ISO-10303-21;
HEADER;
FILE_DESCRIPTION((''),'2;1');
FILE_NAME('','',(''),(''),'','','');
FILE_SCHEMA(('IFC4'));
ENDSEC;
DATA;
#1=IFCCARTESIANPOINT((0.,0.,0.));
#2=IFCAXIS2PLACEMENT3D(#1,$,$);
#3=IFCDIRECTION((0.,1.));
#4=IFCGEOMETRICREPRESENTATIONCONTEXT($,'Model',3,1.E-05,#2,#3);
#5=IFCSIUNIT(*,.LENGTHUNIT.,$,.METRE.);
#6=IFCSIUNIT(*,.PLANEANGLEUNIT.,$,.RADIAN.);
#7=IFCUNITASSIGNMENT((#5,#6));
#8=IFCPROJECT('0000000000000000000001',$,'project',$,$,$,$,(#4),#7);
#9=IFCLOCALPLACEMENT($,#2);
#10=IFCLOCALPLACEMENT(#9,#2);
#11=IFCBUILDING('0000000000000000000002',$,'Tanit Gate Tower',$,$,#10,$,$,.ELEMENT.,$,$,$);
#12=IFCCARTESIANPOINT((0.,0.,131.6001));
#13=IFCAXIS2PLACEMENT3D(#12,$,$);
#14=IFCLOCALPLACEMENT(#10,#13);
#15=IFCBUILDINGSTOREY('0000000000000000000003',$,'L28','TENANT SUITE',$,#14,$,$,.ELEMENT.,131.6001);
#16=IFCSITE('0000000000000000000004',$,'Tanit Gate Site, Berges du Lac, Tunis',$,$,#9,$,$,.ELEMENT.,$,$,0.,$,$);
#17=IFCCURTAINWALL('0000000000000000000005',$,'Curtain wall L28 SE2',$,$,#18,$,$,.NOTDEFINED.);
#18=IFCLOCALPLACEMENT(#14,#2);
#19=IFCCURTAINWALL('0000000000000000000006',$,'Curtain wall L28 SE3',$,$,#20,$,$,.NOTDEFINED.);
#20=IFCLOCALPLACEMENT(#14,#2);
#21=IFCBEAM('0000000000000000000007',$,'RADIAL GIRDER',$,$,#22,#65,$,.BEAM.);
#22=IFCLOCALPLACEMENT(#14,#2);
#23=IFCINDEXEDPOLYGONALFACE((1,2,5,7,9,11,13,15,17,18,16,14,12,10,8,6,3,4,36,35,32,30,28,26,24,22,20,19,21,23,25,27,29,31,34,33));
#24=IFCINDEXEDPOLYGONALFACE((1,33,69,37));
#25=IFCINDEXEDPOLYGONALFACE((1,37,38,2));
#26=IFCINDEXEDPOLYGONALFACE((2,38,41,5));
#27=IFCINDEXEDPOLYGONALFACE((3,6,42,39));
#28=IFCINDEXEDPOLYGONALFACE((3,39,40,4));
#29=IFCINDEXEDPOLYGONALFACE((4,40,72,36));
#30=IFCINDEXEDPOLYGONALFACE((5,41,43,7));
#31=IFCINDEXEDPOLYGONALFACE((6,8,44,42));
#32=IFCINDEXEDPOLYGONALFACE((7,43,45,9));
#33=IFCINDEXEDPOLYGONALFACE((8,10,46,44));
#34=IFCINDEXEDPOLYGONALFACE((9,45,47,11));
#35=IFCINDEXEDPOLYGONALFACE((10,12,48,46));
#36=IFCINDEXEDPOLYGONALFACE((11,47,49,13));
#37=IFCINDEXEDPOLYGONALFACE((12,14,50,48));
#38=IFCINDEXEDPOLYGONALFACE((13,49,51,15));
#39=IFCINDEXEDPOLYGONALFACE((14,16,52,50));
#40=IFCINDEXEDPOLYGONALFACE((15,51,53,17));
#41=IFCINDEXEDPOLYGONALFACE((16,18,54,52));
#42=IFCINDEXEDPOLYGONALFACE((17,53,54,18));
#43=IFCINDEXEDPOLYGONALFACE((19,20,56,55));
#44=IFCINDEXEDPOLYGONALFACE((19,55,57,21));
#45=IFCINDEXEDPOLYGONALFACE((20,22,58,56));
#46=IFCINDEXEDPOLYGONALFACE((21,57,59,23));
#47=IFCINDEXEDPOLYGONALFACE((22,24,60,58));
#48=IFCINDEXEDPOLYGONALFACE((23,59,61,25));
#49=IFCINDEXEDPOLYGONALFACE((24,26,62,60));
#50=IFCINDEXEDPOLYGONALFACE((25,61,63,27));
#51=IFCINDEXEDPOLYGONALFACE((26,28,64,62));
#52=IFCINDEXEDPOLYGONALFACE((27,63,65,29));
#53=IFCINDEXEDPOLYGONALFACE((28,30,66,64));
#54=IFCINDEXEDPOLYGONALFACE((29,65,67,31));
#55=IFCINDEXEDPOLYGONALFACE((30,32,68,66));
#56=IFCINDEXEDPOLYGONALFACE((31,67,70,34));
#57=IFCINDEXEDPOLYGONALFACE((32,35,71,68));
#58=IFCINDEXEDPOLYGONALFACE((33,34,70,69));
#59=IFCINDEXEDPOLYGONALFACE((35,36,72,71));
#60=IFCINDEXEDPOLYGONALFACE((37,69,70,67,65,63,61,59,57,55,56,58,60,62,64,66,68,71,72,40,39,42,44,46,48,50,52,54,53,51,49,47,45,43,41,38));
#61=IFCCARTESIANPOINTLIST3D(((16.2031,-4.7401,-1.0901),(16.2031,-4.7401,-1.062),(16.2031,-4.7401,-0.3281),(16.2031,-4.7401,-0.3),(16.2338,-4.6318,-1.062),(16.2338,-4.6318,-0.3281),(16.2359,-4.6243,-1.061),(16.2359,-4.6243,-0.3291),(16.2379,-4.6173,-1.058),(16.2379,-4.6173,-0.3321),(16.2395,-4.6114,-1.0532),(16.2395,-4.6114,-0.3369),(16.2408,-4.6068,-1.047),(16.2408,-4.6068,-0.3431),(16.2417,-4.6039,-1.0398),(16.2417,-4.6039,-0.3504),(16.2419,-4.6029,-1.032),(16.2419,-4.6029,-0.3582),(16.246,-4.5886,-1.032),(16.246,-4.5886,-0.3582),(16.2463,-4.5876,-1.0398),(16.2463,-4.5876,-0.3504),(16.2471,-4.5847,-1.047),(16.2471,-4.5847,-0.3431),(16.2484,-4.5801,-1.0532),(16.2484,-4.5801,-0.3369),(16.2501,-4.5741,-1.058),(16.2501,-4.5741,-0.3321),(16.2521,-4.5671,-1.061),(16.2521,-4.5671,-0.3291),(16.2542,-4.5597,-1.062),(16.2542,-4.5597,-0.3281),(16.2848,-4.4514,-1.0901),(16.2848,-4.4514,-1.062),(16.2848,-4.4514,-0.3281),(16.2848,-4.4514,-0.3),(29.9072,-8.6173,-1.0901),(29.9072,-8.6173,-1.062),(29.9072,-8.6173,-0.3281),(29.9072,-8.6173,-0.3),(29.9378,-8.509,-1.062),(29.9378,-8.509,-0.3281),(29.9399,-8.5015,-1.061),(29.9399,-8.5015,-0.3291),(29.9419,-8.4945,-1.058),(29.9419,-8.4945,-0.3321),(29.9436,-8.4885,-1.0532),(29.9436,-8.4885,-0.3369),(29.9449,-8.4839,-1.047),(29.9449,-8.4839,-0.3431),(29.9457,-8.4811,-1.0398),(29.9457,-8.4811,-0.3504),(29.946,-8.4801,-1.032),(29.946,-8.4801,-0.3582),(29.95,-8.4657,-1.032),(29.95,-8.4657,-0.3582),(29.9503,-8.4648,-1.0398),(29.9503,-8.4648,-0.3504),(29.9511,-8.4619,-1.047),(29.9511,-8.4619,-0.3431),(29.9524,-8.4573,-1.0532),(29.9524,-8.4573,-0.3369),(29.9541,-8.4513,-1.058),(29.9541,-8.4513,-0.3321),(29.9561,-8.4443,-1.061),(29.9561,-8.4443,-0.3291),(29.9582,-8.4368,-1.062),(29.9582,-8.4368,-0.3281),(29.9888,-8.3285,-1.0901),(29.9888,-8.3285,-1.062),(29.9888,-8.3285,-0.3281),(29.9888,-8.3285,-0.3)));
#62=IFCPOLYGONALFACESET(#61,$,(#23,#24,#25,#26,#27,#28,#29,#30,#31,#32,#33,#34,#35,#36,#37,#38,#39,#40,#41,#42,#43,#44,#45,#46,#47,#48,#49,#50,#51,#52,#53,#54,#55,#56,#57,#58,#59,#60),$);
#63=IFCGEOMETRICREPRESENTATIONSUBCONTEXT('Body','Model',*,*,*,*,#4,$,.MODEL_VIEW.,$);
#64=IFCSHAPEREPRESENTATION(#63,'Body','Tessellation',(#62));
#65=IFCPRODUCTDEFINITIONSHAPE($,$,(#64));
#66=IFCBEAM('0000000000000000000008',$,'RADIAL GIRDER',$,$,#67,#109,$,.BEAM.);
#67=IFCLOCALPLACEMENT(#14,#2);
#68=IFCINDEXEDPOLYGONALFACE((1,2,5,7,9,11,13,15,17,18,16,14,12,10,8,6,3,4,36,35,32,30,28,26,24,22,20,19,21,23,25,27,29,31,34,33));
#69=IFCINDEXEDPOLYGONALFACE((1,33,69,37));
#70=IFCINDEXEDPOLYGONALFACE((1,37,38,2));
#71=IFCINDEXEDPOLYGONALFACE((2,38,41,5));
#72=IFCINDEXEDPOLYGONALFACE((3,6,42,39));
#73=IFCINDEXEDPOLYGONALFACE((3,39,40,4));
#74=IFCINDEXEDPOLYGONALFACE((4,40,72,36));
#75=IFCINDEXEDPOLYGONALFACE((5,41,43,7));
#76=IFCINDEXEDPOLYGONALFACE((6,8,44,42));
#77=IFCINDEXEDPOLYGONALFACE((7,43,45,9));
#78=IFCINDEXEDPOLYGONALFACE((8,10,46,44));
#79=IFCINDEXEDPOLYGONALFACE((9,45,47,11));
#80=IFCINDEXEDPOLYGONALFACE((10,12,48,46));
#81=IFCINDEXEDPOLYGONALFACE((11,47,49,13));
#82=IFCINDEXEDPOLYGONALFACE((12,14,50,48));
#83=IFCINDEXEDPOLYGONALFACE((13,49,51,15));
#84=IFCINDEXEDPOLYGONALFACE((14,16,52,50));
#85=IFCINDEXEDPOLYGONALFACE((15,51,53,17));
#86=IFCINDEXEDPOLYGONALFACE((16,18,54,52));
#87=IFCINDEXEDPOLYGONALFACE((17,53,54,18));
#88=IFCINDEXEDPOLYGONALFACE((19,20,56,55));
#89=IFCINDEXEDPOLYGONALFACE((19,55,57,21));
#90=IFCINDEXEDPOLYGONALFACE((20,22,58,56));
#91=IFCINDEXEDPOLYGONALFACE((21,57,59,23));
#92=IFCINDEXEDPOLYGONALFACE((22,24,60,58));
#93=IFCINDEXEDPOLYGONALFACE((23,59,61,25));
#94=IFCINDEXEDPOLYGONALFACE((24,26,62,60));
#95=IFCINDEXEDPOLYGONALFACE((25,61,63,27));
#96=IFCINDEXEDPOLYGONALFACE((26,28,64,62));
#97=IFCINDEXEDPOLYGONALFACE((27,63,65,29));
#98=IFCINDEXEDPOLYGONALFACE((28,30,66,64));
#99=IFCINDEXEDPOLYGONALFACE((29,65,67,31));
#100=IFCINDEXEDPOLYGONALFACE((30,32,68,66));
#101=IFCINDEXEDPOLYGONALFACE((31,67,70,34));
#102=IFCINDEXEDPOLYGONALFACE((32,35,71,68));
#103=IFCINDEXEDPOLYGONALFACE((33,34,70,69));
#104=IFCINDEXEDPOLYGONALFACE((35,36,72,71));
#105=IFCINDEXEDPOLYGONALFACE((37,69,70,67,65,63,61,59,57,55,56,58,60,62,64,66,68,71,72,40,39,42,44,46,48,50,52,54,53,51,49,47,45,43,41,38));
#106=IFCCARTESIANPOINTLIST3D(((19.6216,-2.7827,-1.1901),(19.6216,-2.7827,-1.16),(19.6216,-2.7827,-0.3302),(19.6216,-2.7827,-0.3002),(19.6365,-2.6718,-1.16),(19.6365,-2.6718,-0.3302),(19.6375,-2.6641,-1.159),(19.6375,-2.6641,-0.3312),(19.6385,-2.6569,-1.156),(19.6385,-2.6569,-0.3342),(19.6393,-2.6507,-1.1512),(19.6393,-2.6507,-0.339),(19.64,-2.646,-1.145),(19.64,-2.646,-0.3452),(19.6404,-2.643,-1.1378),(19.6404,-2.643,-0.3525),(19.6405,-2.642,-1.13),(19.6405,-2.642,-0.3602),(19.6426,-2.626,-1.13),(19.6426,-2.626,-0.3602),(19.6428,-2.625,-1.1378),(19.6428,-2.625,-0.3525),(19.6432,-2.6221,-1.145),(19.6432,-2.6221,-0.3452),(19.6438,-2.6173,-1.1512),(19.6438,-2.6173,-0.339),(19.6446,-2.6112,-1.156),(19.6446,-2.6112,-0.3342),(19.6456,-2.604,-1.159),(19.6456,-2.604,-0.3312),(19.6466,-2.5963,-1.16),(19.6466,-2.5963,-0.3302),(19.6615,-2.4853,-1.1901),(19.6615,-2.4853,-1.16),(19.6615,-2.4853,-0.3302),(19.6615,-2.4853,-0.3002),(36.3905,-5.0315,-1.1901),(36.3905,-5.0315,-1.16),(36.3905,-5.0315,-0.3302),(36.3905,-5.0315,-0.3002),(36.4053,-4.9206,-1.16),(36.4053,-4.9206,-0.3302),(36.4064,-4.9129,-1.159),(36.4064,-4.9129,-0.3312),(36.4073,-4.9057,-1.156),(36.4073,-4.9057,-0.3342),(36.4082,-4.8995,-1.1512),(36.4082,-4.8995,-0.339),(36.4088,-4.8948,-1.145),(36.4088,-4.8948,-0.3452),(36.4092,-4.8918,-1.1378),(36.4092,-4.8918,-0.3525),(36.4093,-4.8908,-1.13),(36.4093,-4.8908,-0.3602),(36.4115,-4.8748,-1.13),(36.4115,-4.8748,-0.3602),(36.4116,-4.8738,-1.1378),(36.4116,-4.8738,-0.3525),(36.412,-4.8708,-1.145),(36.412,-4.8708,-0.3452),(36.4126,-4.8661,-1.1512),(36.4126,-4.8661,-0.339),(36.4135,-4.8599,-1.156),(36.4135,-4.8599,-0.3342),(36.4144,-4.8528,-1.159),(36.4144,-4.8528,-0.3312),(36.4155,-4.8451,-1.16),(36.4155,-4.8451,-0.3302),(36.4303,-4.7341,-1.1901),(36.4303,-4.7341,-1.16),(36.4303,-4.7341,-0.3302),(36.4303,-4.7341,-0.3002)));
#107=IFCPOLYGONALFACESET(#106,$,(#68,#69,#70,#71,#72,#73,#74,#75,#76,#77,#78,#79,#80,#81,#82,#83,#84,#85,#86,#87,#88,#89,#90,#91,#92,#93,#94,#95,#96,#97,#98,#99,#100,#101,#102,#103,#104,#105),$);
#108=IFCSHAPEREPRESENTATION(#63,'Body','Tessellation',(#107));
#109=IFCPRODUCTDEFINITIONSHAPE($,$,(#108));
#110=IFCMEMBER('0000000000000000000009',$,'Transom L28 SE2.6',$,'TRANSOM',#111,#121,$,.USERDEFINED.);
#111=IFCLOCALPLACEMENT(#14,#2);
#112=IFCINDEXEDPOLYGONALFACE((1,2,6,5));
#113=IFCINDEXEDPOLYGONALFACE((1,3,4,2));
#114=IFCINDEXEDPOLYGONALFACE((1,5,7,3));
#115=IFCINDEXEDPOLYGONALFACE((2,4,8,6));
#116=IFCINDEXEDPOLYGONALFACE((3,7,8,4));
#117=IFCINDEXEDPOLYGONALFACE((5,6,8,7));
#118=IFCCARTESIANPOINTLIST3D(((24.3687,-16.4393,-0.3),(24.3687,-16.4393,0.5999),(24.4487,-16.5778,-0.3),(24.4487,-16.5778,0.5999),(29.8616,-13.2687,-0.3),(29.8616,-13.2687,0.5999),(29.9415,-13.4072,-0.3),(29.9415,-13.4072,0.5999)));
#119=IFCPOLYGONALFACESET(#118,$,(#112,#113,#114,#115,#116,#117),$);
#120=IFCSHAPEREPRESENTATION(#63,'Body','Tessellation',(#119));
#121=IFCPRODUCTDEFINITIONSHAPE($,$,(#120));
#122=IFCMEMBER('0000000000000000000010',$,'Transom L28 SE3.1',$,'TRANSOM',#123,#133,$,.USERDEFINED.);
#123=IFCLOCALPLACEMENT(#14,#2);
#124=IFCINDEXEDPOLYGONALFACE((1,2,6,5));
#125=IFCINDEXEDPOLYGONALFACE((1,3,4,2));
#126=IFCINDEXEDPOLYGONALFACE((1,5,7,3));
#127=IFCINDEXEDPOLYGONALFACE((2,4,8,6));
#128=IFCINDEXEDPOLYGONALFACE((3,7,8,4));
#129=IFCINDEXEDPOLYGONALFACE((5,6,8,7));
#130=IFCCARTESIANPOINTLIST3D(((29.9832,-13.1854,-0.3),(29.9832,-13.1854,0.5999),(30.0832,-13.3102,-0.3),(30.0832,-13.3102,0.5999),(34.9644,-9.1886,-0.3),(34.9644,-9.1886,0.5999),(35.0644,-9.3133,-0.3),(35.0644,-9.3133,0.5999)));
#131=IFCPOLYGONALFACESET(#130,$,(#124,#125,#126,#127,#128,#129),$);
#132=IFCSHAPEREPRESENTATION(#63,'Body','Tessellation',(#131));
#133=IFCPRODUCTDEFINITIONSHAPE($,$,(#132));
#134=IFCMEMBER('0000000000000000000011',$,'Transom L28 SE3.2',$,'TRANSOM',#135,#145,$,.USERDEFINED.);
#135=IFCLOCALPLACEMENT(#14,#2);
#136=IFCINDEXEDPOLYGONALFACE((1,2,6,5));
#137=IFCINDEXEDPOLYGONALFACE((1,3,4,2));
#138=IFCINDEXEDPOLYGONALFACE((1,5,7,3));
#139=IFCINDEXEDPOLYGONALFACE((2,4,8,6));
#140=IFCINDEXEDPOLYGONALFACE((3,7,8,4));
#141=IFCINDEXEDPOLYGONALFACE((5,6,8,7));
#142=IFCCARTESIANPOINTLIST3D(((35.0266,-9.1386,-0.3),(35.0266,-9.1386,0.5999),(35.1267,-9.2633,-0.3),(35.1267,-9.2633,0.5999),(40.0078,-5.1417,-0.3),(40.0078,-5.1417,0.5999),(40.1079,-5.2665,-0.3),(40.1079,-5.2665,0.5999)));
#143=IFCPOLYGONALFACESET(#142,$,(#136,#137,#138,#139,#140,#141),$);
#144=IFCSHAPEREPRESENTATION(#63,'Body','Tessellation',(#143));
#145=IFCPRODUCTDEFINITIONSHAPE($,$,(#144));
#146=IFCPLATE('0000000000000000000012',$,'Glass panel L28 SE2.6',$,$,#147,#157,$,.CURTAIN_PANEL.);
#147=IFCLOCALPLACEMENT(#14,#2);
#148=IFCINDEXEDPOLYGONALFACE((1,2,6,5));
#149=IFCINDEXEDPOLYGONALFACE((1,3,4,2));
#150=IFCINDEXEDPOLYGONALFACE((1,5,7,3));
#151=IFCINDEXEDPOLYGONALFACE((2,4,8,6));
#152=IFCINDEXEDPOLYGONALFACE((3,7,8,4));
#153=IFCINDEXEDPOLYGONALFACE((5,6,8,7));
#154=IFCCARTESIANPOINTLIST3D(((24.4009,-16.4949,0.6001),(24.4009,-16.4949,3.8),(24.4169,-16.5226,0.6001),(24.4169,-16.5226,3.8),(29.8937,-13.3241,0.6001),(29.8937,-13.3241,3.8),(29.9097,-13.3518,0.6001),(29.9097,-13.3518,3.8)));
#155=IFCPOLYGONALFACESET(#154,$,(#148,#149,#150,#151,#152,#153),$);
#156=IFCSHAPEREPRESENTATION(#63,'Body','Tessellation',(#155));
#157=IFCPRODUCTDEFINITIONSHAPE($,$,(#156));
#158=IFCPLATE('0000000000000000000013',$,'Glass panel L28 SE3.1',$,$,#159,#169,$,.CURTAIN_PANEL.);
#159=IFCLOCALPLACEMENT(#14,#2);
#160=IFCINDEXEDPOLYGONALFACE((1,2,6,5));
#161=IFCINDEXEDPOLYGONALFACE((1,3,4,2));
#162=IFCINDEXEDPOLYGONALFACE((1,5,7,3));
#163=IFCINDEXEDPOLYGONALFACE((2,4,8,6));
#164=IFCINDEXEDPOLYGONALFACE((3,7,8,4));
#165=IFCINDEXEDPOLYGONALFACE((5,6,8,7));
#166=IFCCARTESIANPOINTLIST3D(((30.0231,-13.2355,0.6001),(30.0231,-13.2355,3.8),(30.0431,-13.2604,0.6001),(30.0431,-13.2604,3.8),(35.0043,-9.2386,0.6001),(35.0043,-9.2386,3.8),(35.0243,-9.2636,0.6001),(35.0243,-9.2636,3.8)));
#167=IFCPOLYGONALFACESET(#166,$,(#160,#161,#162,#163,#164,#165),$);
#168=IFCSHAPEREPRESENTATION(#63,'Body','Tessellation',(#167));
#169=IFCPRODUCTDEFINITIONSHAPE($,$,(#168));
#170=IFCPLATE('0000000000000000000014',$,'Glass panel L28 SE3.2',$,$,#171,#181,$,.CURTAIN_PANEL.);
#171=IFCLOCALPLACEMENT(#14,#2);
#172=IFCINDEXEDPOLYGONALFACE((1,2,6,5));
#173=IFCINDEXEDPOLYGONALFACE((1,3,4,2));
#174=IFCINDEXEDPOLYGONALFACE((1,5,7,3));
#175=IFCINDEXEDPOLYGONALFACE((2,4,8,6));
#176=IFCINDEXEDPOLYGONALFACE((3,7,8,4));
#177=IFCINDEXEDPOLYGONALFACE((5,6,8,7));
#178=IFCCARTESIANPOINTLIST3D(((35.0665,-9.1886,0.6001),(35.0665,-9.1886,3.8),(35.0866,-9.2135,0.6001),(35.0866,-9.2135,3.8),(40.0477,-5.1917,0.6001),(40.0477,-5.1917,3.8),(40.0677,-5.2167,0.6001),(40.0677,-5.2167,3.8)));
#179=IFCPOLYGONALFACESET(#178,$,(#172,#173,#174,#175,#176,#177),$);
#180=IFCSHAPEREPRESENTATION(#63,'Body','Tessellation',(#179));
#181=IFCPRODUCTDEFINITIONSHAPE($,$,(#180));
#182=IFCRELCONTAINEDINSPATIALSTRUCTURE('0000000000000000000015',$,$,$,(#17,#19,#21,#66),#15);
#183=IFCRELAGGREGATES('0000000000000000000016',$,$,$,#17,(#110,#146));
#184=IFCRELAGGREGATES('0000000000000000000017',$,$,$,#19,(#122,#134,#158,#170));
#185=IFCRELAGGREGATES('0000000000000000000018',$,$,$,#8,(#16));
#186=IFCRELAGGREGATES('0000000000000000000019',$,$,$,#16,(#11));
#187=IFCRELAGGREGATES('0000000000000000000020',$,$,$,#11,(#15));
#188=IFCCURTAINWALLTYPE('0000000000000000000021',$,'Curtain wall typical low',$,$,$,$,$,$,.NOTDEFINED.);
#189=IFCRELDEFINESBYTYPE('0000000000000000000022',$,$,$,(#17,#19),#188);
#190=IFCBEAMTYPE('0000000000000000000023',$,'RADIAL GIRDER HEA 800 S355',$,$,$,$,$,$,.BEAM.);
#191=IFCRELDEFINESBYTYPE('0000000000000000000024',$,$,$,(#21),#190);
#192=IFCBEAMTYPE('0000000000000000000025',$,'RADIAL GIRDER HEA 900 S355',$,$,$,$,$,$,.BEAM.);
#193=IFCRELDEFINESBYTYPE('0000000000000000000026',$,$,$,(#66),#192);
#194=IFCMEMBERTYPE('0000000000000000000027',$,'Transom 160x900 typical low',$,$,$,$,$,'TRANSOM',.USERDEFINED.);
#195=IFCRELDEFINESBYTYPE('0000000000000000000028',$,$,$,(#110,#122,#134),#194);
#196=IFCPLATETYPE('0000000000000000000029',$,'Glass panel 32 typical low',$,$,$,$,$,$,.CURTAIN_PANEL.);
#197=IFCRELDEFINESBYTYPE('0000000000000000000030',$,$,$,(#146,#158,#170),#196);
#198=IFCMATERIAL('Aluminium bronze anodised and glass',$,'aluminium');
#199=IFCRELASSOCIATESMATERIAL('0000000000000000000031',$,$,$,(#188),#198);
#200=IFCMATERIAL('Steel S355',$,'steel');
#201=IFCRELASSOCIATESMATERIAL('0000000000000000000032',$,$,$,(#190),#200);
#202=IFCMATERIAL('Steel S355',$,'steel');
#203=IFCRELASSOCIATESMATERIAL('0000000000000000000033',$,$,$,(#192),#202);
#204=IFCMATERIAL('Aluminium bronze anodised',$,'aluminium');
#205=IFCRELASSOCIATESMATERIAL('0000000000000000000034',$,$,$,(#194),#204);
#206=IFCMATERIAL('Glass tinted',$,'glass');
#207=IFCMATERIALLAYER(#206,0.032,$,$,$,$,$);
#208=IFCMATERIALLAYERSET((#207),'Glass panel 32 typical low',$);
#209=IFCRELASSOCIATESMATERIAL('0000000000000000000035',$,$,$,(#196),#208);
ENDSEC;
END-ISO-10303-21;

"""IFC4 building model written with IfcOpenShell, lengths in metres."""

from ifc_helpers import new_model, si_unit, direction, frame, origin, origin_2d, place, context, subcontext, project, spatial, rectangle, i_section, extrude, material, layer, layer_set, material_profile, profile_set, type_object, element, aggregate, save


model = new_model("IFC4")

# Units and contexts
model_context = context("Model", 3, precision=1e-05, world=origin(), true_north=direction((0.0, 1.0)))
body_context = subcontext(model_context, "Body", "Model", "MODEL_VIEW")
ifc_project = project(units=[si_unit("LENGTHUNIT", "METRE"), si_unit("PLANEANGLEUNIT", "RADIAN")], contexts=[model_context])

# Site, building, storey
site_placement = place(None, origin())
site = spatial("IfcSite", under=ifc_project, at=site_placement, Name="Tanit Gate Site, Berges du Lac, Tunis", CompositionType="ELEMENT", RefElevation=0.0)
building_placement = place(site_placement, origin())
building = spatial("IfcBuilding", under=site, at=building_placement, Name="Tanit Gate Tower", CompositionType="ELEMENT")
storey_placement = place(building_placement, frame((0.0, 0.0, 131.6001)))
storey = spatial("IfcBuildingStorey", under=building, at=storey_placement, Name="L28", Description="TENANT SUITE", CompositionType="ELEMENT", Elevation=131.6001)

# Curtain wall
ifc_material_1 = material(Name="Aluminium bronze anodised and glass", Category="aluminium")
curtain_wall_type = type_object("IfcCurtainWallType", Name="Curtain wall typical low", PredefinedType="NOTDEFINED", material=ifc_material_1)
curtain_wall_1_placement = place(storey_placement, origin())
curtain_wall_1 = element("IfcCurtainWall", 1, at=curtain_wall_1_placement, inside=storey, type_object=curtain_wall_type, Name="Curtain wall L28 SE2", PredefinedType="NOTDEFINED")

# Curtain wall
curtain_wall_2_placement = place(storey_placement, origin())
curtain_wall_2 = element("IfcCurtainWall", 2, at=curtain_wall_2_placement, inside=storey, type_object=curtain_wall_type, Name="Curtain wall L28 SE3", PredefinedType="NOTDEFINED")

# Beams
ifc_material_2 = material(Name="Steel S355", Category="steel")
ifc_material_profile_1 = material_profile(ifc_material_2, i_section(OverallWidth=0.3, OverallDepth=0.79, WebThickness=0.0149, FlangeThickness=0.0281, FilletRadius=0.03, at=origin_2d()), Name="HEA 800")
ifc_profile_set_1 = profile_set([ifc_material_profile_1], Name="Steel S355")
beam_type_1 = type_object("IfcBeamType", Name="RADIAL GIRDER HEA 800 S355", PredefinedType="BEAM", material=ifc_profile_set_1)
beam_1_placement = place(storey_placement, frame((29.948, -8.4729, -0.6951), z_axis=(-0.96223, 0.272237, 0.0), x_axis=(-0.272237, -0.96223, 0.0)))
element("IfcBeam", 3, at=beam_1_placement, inside=storey, type_object=beam_type_1, Name="RADIAL GIRDER", PredefinedType="BEAM", context=body_context, shape_type="SweptSolid", body=[
    extrude(i_section(OverallWidth=0.3, OverallDepth=0.79, WebThickness=0.0149, FlangeThickness=0.0281, FilletRadius=0.03, at=origin_2d()), origin(), (0.0, 0.0, 1.0), 14.2419),
])
ifc_material_3 = material(Name="Steel S355", Category="steel")
ifc_material_profile_2 = material_profile(ifc_material_3, i_section(OverallWidth=0.3, OverallDepth=0.8899, WebThickness=0.0161, FlangeThickness=0.03, FilletRadius=0.03, at=origin_2d()), Name="HEA 900")
ifc_profile_set_2 = profile_set([ifc_material_profile_2], Name="Steel S355")
beam_type_2 = type_object("IfcBeamType", Name="RADIAL GIRDER HEA 900 S355", PredefinedType="BEAM", material=ifc_profile_set_2)
beam_2_placement = place(storey_placement, frame((36.4104, -4.8828, -0.7451), z_axis=(-0.991127, 0.132915, 0.0), x_axis=(-0.132915, -0.991127, 0.0)))
element("IfcBeam", 4, at=beam_2_placement, inside=storey, type_object=beam_type_2, Name="RADIAL GIRDER", PredefinedType="BEAM", context=body_context, shape_type="SweptSolid", body=[
    extrude(i_section(OverallWidth=0.3, OverallDepth=0.8899, WebThickness=0.0161, FlangeThickness=0.03, FilletRadius=0.03, at=origin_2d()), origin(), (0.0, 0.0, 1.0), 16.9189),
])

# Members
ifc_material_4 = material(Name="Aluminium bronze anodised", Category="aluminium")
ifc_material_profile_3 = material_profile(ifc_material_4, rectangle(XDim=0.1599, YDim=0.8999, at=origin_2d()), Name="160x900 bronze transom")
ifc_profile_set_3 = profile_set([ifc_material_profile_3], Name="Aluminium bronze anodised")
member_type_1 = type_object("IfcMemberType", Name="Transom 160x900 typical low", ElementType="TRANSOM", PredefinedType="USERDEFINED", material=ifc_profile_set_3)
member_1_placement = place(storey_placement, frame((24.4087, -16.5085, 0.1499), z_axis=(0.866072, 0.499919, 0.0), x_axis=(-0.499919, 0.866072, 0.0)))
member_1 = element("IfcMember", 5, at=member_1_placement, type_object=member_type_1, Name="Transom L28 SE2.6", ObjectType="TRANSOM", PredefinedType="USERDEFINED", context=body_context, shape_type="SweptSolid", body=[
    extrude(rectangle(XDim=0.1599, YDim=0.8999, at=origin_2d()), origin(), (0.0, 0.0, 1.0), 6.3423),
])
member_2_placement = place(storey_placement, frame((30.0332, -13.2478, 0.1499), z_axis=(0.779962, 0.625827, 0.0), x_axis=(-0.625827, 0.779962, 0.0)))
member_2 = element("IfcMember", 6, at=member_2_placement, type_object=member_type_1, Name="Transom L28 SE3.1", ObjectType="TRANSOM", PredefinedType="USERDEFINED", context=body_context, shape_type="SweptSolid", body=[
    extrude(rectangle(XDim=0.1599, YDim=0.8999, at=origin_2d()), origin(), (0.0, 0.0, 1.0), 6.3865),
])
member_3_placement = place(storey_placement, frame((35.0767, -9.2009, 0.1499), z_axis=(0.779962, 0.625827, 0.0), x_axis=(-0.625827, 0.779962, 0.0)))
member_3 = element("IfcMember", 7, at=member_3_placement, type_object=member_type_1, Name="Transom L28 SE3.2", ObjectType="TRANSOM", PredefinedType="USERDEFINED", context=body_context, shape_type="SweptSolid", body=[
    extrude(rectangle(XDim=0.1599, YDim=0.8999, at=origin_2d()), origin(), (0.0, 0.0, 1.0), 6.3865),
])

# Plates
ifc_material_5 = material(Name="Glass tinted", Category="glass")
ifc_layer_1 = layer(ifc_material_5, 0.032)
ifc_layer_set_1 = layer_set([ifc_layer_1], Name="Glass panel 32 typical low")
plate_type = type_object("IfcPlateType", Name="Glass panel 32 typical low", PredefinedType="CURTAIN_PANEL", material=ifc_layer_set_1)
plate_1_placement = place(storey_placement, frame((27.1553, -14.9233, 0.6001), z_axis=(0.0, 0.0, 1.0), x_axis=(0.86606, 0.49994, 0.0)))
plate_1 = element("IfcPlate", 8, at=plate_1_placement, type_object=plate_type, Name="Glass panel L28 SE2.6", PredefinedType="CURTAIN_PANEL", context=body_context, shape_type="SweptSolid", body=[
    extrude(rectangle(XDim=6.3423, YDim=0.032, at=origin_2d()), origin(), (0.0, 0.0, 1.0), 3.2),
])
aggregate(curtain_wall_1, [member_1, plate_1])
plate_2_placement = place(storey_placement, frame((32.5237, -11.2495, 0.6001), z_axis=(0.0, 0.0, 1.0), x_axis=(0.779958, 0.625832, 0.0)))
plate_2 = element("IfcPlate", 9, at=plate_2_placement, type_object=plate_type, Name="Glass panel L28 SE3.1", PredefinedType="CURTAIN_PANEL", context=body_context, shape_type="SweptSolid", body=[
    extrude(rectangle(XDim=6.3865, YDim=0.032, at=origin_2d()), origin(), (0.0, 0.0, 1.0), 3.2),
])
plate_3_placement = place(storey_placement, frame((37.5671, -7.2026, 0.6001), z_axis=(0.0, 0.0, 1.0), x_axis=(0.779958, 0.625832, 0.0)))
plate_3 = element("IfcPlate", 10, at=plate_3_placement, type_object=plate_type, Name="Glass panel L28 SE3.2", PredefinedType="CURTAIN_PANEL", context=body_context, shape_type="SweptSolid", body=[
    extrude(rectangle(XDim=6.3865, YDim=0.032, at=origin_2d()), origin(), (0.0, 0.0, 1.0), 3.2),
])
aggregate(curtain_wall_2, [member_2, member_3, plate_2, plate_3])

save(model, "model.ifc")
